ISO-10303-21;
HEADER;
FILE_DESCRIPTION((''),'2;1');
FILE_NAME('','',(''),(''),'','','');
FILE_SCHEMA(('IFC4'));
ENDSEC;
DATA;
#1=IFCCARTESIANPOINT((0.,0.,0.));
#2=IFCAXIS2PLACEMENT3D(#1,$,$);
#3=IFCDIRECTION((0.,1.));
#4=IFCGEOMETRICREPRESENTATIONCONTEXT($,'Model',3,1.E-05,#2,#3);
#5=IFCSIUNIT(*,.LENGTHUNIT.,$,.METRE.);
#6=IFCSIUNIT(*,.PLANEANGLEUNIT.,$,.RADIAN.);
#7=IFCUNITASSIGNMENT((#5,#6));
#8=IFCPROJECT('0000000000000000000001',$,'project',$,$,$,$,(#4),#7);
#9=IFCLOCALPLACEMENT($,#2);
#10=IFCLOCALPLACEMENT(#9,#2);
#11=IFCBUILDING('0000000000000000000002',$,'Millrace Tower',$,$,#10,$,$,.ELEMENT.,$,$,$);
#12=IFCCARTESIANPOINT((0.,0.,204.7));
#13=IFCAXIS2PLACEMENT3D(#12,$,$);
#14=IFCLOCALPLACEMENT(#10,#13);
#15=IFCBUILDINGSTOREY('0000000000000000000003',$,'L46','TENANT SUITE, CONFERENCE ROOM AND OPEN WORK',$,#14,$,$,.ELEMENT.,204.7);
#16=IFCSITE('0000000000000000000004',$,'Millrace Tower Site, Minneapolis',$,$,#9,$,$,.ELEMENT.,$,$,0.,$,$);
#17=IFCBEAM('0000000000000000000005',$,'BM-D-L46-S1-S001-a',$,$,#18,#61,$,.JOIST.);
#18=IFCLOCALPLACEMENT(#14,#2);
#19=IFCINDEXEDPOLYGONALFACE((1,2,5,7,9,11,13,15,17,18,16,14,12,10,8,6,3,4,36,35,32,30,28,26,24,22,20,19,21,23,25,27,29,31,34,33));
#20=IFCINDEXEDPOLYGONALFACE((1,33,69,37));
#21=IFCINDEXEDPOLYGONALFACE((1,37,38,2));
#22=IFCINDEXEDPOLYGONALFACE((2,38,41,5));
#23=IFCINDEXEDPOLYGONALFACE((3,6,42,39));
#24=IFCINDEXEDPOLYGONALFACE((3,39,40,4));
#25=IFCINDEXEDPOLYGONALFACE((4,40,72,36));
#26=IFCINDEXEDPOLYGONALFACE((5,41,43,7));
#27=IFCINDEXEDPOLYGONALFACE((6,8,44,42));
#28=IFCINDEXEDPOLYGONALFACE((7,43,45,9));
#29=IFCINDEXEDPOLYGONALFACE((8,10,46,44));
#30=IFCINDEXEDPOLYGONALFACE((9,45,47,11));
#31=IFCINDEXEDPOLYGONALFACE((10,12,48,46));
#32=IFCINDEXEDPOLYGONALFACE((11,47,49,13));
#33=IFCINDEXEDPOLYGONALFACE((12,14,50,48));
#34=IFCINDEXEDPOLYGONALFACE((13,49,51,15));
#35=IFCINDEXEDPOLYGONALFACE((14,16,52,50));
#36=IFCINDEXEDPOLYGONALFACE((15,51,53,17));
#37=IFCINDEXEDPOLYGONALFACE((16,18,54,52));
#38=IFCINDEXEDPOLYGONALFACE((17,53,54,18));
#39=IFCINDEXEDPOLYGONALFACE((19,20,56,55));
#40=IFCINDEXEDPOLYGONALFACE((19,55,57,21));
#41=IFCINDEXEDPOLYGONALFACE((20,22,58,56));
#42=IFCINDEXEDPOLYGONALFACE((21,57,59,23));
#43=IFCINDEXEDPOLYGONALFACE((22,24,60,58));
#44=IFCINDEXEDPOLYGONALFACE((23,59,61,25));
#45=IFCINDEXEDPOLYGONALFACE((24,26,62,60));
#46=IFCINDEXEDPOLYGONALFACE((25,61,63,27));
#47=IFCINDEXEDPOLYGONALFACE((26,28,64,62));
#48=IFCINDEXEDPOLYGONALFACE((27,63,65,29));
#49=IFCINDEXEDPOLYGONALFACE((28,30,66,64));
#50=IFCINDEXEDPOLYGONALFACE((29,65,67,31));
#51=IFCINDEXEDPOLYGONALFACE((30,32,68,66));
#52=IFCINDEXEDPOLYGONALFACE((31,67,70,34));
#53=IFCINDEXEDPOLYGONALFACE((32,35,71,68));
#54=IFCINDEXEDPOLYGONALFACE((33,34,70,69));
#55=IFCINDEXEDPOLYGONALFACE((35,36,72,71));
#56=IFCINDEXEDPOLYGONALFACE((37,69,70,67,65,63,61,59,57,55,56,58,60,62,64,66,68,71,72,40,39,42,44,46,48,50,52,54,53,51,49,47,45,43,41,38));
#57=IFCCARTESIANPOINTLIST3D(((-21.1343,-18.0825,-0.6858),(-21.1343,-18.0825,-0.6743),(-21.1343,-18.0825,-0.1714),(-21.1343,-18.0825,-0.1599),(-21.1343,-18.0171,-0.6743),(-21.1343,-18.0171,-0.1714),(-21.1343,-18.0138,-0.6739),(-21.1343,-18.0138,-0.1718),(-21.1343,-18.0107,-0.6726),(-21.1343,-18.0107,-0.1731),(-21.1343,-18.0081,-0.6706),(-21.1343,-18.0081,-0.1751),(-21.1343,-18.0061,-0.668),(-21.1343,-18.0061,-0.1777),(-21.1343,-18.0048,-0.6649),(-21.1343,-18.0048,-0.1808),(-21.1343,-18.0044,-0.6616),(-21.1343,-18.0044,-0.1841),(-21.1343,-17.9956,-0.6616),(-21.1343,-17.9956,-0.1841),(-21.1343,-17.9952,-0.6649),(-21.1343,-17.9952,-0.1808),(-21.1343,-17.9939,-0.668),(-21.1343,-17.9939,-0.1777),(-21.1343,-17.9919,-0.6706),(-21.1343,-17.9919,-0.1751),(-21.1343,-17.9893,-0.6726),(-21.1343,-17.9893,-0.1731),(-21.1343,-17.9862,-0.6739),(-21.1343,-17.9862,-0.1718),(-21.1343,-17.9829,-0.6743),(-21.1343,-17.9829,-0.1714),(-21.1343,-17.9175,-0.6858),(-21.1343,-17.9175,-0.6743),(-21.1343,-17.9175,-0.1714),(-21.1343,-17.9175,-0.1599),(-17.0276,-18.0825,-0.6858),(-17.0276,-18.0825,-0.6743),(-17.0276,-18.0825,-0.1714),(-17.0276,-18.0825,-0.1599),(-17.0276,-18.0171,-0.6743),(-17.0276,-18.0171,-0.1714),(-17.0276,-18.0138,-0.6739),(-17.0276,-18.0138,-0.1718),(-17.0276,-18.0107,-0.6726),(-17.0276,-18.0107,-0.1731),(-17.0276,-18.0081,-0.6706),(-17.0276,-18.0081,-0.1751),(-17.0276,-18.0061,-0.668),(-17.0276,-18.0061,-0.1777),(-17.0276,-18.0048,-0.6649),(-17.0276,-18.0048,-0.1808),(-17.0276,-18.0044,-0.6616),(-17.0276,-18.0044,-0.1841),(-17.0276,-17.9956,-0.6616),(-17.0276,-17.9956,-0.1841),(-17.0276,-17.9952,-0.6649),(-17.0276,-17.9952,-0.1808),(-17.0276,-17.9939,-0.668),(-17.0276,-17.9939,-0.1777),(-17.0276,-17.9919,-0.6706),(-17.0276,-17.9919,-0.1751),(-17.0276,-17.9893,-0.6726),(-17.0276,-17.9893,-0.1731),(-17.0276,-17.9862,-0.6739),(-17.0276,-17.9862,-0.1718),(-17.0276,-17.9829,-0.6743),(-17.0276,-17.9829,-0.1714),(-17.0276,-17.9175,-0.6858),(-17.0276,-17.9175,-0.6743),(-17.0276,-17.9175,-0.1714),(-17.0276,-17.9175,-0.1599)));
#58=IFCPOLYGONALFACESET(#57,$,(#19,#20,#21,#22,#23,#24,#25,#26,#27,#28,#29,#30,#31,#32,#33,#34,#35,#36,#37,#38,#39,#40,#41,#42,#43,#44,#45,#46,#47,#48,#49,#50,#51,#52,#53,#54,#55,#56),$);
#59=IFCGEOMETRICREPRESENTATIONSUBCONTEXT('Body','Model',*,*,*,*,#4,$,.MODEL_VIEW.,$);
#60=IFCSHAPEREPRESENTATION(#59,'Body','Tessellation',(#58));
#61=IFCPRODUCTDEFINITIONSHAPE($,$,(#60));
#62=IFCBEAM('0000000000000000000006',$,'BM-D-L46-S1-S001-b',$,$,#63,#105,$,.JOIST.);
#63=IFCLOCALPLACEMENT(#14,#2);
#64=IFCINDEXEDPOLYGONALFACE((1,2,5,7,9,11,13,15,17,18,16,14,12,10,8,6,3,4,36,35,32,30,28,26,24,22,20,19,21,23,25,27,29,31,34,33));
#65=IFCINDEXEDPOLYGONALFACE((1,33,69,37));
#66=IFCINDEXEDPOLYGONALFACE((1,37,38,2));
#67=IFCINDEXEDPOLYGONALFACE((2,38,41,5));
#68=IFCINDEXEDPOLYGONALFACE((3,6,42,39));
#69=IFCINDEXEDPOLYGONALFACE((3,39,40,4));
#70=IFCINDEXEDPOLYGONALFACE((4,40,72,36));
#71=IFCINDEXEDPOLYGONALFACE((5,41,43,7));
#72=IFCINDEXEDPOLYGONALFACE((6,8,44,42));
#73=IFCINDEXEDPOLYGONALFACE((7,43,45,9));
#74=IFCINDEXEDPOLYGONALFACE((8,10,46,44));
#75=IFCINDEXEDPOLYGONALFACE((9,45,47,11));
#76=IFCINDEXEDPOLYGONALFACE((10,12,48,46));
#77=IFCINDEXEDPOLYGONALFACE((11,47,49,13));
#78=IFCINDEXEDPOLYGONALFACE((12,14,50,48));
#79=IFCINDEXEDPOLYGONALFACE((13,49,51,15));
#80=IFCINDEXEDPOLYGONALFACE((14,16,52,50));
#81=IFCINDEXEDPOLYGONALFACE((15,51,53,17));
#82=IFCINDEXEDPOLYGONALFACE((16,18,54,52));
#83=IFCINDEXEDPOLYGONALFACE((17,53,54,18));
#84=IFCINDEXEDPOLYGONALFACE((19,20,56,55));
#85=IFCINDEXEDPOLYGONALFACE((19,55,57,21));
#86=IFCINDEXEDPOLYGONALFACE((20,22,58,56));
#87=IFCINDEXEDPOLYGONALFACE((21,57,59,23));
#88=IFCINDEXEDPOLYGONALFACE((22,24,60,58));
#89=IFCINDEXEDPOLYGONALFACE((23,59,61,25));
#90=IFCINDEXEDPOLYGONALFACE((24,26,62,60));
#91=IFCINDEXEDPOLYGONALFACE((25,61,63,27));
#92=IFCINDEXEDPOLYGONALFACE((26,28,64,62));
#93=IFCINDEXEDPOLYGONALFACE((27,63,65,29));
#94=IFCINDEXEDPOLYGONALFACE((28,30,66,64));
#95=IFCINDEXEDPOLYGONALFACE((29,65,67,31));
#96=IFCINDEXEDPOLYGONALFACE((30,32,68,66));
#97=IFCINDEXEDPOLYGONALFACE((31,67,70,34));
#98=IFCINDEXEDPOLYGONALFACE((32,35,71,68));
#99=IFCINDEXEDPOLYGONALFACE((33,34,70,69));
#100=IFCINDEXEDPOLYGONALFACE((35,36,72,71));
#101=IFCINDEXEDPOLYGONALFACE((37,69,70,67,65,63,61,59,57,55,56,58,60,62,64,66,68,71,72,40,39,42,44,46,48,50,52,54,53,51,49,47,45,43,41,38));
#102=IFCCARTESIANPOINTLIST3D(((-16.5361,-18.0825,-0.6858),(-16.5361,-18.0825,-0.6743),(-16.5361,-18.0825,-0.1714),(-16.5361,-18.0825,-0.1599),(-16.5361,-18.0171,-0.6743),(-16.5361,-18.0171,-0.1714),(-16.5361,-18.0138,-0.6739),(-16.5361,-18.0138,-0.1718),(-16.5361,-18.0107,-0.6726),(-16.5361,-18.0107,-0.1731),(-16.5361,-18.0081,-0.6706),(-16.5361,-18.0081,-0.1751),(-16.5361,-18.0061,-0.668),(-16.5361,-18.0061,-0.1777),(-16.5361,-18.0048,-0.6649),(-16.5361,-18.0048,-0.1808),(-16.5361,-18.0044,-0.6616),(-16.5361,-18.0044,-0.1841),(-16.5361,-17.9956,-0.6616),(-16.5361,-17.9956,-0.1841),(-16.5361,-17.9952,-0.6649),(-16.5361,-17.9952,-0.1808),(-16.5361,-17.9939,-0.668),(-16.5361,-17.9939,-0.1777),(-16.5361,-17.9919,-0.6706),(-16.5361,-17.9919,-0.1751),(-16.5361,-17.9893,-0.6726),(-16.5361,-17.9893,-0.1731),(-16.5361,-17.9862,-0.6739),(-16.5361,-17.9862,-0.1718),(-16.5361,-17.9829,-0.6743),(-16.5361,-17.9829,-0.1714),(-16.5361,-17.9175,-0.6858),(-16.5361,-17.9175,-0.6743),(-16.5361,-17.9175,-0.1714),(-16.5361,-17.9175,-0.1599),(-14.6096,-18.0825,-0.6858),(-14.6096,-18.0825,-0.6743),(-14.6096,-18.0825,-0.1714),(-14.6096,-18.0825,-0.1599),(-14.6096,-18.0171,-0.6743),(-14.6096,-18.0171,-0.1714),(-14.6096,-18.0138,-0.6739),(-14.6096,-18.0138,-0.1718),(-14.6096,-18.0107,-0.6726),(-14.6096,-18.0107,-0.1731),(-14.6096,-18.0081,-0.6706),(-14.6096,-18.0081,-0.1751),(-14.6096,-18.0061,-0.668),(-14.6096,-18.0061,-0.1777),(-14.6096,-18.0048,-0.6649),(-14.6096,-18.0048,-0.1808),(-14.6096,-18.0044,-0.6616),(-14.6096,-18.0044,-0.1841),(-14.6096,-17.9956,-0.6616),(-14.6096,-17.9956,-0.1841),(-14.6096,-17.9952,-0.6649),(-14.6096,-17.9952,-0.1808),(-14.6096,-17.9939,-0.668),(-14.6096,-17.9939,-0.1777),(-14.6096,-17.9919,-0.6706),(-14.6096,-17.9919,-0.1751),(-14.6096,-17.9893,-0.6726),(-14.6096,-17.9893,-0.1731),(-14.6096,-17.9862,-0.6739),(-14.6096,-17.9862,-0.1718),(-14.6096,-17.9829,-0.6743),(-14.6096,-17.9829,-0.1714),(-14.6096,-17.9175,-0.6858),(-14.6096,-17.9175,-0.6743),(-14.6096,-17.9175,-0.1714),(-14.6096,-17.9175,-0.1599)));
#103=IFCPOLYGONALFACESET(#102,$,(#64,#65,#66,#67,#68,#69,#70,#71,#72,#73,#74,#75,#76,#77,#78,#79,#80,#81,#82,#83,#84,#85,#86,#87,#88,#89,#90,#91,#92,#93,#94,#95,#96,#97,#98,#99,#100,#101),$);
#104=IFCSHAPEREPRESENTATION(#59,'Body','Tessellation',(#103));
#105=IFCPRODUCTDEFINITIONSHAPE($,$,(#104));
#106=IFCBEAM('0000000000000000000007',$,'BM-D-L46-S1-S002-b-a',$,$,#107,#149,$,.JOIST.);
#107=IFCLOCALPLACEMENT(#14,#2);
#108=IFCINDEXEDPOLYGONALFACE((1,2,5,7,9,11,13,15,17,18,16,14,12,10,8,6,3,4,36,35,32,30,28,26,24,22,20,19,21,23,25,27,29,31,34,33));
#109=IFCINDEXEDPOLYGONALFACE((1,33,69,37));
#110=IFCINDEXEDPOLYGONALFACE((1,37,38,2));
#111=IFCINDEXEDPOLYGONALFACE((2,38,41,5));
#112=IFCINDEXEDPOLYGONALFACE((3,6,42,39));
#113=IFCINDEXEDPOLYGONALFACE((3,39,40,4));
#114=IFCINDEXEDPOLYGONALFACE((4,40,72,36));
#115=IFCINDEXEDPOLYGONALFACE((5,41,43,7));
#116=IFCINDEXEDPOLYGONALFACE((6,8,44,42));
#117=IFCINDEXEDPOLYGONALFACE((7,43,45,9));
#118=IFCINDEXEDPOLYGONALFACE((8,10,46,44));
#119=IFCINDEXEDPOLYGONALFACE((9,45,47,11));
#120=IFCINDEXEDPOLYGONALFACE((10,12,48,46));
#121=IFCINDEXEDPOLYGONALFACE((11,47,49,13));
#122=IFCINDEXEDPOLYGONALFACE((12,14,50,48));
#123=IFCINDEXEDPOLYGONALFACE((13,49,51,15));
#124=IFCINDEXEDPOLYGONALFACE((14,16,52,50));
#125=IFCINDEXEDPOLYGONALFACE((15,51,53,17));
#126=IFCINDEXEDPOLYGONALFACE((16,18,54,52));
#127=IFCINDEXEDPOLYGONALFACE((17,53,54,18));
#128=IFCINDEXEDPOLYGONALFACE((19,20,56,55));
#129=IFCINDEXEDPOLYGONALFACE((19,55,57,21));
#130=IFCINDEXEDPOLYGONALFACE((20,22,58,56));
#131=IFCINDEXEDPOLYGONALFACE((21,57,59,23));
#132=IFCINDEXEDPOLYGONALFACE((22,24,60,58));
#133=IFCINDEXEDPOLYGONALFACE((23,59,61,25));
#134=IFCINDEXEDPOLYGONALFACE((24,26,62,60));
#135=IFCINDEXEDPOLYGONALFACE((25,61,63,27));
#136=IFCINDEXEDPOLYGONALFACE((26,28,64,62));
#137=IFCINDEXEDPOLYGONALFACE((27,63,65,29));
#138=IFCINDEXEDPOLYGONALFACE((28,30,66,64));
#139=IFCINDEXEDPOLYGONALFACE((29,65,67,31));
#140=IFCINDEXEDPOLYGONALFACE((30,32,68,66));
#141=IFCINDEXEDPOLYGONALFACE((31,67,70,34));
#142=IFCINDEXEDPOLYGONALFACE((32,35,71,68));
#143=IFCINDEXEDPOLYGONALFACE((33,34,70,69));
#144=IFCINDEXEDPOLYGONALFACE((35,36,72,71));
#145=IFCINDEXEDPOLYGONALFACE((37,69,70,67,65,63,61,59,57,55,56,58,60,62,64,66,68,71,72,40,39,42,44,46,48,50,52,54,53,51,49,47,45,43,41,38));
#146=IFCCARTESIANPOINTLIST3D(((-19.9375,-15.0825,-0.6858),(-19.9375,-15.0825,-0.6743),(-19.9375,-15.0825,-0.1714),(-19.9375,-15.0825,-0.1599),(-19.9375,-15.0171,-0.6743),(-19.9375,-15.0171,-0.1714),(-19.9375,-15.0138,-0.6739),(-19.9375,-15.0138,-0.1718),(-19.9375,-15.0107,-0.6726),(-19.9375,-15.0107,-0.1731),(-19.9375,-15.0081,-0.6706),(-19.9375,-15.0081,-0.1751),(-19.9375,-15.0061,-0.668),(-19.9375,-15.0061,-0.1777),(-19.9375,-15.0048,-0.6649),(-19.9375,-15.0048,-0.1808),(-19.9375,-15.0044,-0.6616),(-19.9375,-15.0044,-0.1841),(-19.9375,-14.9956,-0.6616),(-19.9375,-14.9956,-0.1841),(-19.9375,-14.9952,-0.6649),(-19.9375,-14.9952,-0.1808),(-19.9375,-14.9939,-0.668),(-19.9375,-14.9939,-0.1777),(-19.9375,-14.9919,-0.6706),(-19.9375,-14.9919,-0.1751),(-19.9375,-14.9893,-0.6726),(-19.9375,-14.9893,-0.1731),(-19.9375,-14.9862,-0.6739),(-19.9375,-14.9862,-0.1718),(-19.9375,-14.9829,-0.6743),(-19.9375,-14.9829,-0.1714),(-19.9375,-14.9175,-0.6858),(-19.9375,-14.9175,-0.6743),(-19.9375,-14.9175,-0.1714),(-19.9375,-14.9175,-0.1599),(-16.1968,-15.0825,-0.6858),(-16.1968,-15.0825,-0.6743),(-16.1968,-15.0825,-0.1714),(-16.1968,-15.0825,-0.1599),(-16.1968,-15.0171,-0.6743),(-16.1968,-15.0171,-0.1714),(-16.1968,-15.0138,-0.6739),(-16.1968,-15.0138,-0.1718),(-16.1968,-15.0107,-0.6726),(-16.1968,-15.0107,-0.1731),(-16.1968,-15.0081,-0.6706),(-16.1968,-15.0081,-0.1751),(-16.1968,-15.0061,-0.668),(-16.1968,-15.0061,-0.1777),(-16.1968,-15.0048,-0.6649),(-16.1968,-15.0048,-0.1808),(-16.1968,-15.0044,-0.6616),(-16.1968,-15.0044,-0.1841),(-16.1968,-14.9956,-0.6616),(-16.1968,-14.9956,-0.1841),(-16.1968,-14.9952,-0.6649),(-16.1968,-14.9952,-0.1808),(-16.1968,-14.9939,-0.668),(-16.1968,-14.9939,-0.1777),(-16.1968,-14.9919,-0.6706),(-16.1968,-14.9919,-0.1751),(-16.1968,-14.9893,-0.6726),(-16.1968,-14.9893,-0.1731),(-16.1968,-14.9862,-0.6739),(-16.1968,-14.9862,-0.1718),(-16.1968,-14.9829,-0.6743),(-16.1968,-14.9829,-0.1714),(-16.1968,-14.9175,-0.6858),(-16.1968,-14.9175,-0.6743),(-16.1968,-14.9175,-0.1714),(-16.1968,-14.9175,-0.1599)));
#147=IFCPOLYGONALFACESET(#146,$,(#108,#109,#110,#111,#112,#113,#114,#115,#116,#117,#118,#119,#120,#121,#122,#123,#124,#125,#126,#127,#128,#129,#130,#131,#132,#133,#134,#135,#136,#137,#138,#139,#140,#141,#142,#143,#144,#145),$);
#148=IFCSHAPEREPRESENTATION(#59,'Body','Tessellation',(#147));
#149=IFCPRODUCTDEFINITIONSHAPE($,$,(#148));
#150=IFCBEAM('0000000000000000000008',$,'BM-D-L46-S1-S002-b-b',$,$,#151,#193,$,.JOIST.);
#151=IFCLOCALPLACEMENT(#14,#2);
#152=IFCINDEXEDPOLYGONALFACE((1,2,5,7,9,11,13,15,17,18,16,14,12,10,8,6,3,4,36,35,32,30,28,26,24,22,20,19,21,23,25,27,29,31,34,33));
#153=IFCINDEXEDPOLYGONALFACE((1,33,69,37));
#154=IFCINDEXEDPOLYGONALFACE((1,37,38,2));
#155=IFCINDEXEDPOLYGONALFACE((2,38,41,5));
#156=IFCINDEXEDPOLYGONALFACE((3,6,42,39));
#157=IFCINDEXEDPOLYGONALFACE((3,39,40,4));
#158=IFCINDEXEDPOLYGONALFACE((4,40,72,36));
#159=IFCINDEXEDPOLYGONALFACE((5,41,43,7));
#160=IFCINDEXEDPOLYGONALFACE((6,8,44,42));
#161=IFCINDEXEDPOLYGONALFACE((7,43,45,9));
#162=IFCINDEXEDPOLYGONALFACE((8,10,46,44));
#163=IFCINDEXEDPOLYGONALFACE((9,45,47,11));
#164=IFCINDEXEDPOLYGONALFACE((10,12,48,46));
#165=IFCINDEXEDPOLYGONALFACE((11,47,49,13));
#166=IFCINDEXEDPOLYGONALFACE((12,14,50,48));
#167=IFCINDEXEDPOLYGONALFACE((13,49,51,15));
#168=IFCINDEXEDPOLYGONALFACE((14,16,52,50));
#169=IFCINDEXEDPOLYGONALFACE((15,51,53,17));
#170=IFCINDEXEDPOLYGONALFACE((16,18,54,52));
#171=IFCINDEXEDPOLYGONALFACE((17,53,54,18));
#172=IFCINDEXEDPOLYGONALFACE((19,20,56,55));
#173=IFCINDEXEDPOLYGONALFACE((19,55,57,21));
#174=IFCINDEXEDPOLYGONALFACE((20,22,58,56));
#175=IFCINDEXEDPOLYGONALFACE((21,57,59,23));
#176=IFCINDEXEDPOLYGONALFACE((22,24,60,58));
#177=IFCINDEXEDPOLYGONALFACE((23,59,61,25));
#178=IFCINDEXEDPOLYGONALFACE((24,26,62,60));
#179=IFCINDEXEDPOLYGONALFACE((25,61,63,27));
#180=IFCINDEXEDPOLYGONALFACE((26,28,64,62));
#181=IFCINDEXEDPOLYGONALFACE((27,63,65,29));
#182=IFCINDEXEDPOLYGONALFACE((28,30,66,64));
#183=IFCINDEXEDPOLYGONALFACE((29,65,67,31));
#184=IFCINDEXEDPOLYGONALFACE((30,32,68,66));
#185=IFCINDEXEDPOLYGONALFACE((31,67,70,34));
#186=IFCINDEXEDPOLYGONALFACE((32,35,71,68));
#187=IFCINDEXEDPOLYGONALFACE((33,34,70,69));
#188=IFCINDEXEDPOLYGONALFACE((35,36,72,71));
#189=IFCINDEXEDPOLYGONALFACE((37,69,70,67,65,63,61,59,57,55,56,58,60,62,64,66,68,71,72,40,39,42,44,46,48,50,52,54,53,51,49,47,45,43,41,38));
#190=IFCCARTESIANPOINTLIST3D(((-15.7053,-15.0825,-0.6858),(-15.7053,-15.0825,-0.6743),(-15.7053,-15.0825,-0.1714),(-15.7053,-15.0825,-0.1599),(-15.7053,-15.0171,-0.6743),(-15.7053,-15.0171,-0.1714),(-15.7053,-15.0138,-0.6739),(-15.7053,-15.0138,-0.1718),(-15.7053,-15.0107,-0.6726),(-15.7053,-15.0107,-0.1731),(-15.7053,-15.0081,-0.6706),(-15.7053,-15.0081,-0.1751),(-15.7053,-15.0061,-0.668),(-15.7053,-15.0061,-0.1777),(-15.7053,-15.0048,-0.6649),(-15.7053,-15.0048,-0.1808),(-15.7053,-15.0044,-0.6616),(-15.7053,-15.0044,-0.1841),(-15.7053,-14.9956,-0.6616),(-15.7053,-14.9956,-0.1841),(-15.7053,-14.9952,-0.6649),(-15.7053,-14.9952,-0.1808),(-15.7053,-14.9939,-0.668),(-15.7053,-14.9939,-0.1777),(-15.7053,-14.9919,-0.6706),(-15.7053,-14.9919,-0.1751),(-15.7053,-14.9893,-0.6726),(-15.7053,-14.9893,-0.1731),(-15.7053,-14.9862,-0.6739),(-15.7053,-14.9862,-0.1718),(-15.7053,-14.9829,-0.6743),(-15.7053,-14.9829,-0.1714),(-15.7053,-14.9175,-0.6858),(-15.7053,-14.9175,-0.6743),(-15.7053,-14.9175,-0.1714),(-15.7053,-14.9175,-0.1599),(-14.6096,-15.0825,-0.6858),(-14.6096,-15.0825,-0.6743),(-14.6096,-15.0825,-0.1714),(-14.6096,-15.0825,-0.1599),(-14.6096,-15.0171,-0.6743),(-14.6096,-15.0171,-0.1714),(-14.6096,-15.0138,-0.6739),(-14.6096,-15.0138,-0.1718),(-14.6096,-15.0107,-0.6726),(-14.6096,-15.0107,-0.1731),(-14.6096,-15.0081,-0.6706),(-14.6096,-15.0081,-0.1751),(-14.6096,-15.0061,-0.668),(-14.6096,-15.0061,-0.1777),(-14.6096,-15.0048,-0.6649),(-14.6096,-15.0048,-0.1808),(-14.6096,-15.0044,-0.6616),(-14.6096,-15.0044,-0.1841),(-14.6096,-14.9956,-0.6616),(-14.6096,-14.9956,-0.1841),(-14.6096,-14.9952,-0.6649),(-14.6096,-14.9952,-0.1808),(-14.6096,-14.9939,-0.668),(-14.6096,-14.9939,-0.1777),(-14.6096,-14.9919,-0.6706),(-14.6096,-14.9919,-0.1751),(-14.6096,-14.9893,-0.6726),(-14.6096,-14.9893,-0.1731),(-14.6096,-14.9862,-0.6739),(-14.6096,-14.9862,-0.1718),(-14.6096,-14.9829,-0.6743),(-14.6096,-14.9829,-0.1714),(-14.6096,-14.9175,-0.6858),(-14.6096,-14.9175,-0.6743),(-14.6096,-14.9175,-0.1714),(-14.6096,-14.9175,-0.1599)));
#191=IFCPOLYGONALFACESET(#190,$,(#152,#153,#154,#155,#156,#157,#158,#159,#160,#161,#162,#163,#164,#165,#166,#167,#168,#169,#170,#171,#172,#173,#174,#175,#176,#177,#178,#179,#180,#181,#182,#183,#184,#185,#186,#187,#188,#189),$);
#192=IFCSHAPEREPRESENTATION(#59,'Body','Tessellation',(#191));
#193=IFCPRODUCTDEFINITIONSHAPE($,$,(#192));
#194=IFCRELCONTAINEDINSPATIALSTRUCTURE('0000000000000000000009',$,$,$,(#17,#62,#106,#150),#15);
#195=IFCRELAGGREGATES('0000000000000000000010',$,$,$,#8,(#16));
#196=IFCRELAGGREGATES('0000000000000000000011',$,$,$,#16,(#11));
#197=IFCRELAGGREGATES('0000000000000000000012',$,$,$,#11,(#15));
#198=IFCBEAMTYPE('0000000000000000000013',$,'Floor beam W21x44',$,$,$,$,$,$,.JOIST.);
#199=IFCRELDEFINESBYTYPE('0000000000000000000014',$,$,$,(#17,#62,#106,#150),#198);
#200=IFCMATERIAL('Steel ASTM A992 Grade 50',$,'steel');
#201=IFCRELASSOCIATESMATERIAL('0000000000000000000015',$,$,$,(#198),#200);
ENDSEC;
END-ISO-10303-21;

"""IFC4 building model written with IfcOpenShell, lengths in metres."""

from ifc_helpers import new_model, si_unit, direction, frame, origin, origin_2d, place, context, subcontext, project, spatial, i_section, extrude, material, material_profile, profile_set, type_object, element, save


model = new_model("IFC4")

# Units and contexts
model_context = context("Model", 3, precision=1e-05, world=origin(), true_north=direction((0.0, 1.0)))
body_context = subcontext(model_context, "Body", "Model", "MODEL_VIEW")
ifc_project = project(units=[si_unit("LENGTHUNIT", "METRE"), si_unit("PLANEANGLEUNIT", "RADIAN")], contexts=[model_context])

# Site, building, storey
site_placement = place(None, origin())
site = spatial("IfcSite", under=ifc_project, at=site_placement, Name="Millrace Tower Site, Minneapolis", CompositionType="ELEMENT", RefElevation=0.0)
building_placement = place(site_placement, origin())
building = spatial("IfcBuilding", under=site, at=building_placement, Name="Millrace Tower", CompositionType="ELEMENT")
storey_placement = place(building_placement, frame((0.0, 0.0, 204.7)))
storey = spatial("IfcBuildingStorey", under=building, at=storey_placement, Name="L46", Description="TENANT SUITE, CONFERENCE ROOM AND OPEN WORK", CompositionType="ELEMENT", Elevation=204.7)

# Beams
ifc_material_1 = material(Name="Steel ASTM A992 Grade 50", Category="steel")
ifc_material_profile_1 = material_profile(ifc_material_1, i_section(OverallWidth=0.165, OverallDepth=0.5259, WebThickness=0.0088, FlangeThickness=0.0115, FilletRadius=0.0127, at=origin_2d()))
ifc_profile_set_1 = profile_set([ifc_material_profile_1], Name="Steel ASTM A992 Grade 50")
beam_type_1 = type_object("IfcBeamType", Name="Floor beam W21x44", PredefinedType="JOIST", material=ifc_profile_set_1)
beam_1_placement = place(storey_placement, frame((-21.1343, -18.0, -0.4229), z_axis=(1.0, 0.0, 0.0), x_axis=(0.0, 1.0, 0.0)))
element("IfcBeam", 1, at=beam_1_placement, inside=storey, type_object=beam_type_1, Name="BM-D-L46-S1-S001-a", PredefinedType="JOIST", context=body_context, shape_type="SweptSolid", body=[
    extrude(i_section(OverallWidth=0.165, OverallDepth=0.5259, WebThickness=0.0088, FlangeThickness=0.0115, FilletRadius=0.0127, at=origin_2d()), origin(), (0.0, 0.0, 1.0), 4.1067),
])
beam_2_placement = place(storey_placement, frame((-16.5361, -18.0, -0.4229), z_axis=(1.0, 0.0, 0.0), x_axis=(0.0, 1.0, 0.0)))
element("IfcBeam", 2, at=beam_2_placement, inside=storey, type_object=beam_type_1, Name="BM-D-L46-S1-S001-b", PredefinedType="JOIST", context=body_context, shape_type="SweptSolid", body=[
    extrude(i_section(OverallWidth=0.165, OverallDepth=0.5259, WebThickness=0.0088, FlangeThickness=0.0115, FilletRadius=0.0127, at=origin_2d()), origin(), (0.0, 0.0, 1.0), 1.9265),
])
beam_3_placement = place(storey_placement, frame((-19.9375, -15.0, -0.4229), z_axis=(1.0, 0.0, 0.0), x_axis=(0.0, 1.0, 0.0)))
element("IfcBeam", 3, at=beam_3_placement, inside=storey, type_object=beam_type_1, Name="BM-D-L46-S1-S002-b-a", PredefinedType="JOIST", context=body_context, shape_type="SweptSolid", body=[
    extrude(i_section(OverallWidth=0.165, OverallDepth=0.5259, WebThickness=0.0088, FlangeThickness=0.0115, FilletRadius=0.0127, at=origin_2d()), origin(), (0.0, 0.0, 1.0), 3.7407),
])
beam_4_placement = place(storey_placement, frame((-15.7053, -15.0, -0.4229), z_axis=(1.0, 0.0, 0.0), x_axis=(0.0, 1.0, 0.0)))
element("IfcBeam", 4, at=beam_4_placement, inside=storey, type_object=beam_type_1, Name="BM-D-L46-S1-S002-b-b", PredefinedType="JOIST", context=body_context, shape_type="SweptSolid", body=[
    extrude(i_section(OverallWidth=0.165, OverallDepth=0.5259, WebThickness=0.0088, FlangeThickness=0.0115, FilletRadius=0.0127, at=origin_2d()), origin(), (0.0, 0.0, 1.0), 1.0957),
])

save(model, "model.ifc")
